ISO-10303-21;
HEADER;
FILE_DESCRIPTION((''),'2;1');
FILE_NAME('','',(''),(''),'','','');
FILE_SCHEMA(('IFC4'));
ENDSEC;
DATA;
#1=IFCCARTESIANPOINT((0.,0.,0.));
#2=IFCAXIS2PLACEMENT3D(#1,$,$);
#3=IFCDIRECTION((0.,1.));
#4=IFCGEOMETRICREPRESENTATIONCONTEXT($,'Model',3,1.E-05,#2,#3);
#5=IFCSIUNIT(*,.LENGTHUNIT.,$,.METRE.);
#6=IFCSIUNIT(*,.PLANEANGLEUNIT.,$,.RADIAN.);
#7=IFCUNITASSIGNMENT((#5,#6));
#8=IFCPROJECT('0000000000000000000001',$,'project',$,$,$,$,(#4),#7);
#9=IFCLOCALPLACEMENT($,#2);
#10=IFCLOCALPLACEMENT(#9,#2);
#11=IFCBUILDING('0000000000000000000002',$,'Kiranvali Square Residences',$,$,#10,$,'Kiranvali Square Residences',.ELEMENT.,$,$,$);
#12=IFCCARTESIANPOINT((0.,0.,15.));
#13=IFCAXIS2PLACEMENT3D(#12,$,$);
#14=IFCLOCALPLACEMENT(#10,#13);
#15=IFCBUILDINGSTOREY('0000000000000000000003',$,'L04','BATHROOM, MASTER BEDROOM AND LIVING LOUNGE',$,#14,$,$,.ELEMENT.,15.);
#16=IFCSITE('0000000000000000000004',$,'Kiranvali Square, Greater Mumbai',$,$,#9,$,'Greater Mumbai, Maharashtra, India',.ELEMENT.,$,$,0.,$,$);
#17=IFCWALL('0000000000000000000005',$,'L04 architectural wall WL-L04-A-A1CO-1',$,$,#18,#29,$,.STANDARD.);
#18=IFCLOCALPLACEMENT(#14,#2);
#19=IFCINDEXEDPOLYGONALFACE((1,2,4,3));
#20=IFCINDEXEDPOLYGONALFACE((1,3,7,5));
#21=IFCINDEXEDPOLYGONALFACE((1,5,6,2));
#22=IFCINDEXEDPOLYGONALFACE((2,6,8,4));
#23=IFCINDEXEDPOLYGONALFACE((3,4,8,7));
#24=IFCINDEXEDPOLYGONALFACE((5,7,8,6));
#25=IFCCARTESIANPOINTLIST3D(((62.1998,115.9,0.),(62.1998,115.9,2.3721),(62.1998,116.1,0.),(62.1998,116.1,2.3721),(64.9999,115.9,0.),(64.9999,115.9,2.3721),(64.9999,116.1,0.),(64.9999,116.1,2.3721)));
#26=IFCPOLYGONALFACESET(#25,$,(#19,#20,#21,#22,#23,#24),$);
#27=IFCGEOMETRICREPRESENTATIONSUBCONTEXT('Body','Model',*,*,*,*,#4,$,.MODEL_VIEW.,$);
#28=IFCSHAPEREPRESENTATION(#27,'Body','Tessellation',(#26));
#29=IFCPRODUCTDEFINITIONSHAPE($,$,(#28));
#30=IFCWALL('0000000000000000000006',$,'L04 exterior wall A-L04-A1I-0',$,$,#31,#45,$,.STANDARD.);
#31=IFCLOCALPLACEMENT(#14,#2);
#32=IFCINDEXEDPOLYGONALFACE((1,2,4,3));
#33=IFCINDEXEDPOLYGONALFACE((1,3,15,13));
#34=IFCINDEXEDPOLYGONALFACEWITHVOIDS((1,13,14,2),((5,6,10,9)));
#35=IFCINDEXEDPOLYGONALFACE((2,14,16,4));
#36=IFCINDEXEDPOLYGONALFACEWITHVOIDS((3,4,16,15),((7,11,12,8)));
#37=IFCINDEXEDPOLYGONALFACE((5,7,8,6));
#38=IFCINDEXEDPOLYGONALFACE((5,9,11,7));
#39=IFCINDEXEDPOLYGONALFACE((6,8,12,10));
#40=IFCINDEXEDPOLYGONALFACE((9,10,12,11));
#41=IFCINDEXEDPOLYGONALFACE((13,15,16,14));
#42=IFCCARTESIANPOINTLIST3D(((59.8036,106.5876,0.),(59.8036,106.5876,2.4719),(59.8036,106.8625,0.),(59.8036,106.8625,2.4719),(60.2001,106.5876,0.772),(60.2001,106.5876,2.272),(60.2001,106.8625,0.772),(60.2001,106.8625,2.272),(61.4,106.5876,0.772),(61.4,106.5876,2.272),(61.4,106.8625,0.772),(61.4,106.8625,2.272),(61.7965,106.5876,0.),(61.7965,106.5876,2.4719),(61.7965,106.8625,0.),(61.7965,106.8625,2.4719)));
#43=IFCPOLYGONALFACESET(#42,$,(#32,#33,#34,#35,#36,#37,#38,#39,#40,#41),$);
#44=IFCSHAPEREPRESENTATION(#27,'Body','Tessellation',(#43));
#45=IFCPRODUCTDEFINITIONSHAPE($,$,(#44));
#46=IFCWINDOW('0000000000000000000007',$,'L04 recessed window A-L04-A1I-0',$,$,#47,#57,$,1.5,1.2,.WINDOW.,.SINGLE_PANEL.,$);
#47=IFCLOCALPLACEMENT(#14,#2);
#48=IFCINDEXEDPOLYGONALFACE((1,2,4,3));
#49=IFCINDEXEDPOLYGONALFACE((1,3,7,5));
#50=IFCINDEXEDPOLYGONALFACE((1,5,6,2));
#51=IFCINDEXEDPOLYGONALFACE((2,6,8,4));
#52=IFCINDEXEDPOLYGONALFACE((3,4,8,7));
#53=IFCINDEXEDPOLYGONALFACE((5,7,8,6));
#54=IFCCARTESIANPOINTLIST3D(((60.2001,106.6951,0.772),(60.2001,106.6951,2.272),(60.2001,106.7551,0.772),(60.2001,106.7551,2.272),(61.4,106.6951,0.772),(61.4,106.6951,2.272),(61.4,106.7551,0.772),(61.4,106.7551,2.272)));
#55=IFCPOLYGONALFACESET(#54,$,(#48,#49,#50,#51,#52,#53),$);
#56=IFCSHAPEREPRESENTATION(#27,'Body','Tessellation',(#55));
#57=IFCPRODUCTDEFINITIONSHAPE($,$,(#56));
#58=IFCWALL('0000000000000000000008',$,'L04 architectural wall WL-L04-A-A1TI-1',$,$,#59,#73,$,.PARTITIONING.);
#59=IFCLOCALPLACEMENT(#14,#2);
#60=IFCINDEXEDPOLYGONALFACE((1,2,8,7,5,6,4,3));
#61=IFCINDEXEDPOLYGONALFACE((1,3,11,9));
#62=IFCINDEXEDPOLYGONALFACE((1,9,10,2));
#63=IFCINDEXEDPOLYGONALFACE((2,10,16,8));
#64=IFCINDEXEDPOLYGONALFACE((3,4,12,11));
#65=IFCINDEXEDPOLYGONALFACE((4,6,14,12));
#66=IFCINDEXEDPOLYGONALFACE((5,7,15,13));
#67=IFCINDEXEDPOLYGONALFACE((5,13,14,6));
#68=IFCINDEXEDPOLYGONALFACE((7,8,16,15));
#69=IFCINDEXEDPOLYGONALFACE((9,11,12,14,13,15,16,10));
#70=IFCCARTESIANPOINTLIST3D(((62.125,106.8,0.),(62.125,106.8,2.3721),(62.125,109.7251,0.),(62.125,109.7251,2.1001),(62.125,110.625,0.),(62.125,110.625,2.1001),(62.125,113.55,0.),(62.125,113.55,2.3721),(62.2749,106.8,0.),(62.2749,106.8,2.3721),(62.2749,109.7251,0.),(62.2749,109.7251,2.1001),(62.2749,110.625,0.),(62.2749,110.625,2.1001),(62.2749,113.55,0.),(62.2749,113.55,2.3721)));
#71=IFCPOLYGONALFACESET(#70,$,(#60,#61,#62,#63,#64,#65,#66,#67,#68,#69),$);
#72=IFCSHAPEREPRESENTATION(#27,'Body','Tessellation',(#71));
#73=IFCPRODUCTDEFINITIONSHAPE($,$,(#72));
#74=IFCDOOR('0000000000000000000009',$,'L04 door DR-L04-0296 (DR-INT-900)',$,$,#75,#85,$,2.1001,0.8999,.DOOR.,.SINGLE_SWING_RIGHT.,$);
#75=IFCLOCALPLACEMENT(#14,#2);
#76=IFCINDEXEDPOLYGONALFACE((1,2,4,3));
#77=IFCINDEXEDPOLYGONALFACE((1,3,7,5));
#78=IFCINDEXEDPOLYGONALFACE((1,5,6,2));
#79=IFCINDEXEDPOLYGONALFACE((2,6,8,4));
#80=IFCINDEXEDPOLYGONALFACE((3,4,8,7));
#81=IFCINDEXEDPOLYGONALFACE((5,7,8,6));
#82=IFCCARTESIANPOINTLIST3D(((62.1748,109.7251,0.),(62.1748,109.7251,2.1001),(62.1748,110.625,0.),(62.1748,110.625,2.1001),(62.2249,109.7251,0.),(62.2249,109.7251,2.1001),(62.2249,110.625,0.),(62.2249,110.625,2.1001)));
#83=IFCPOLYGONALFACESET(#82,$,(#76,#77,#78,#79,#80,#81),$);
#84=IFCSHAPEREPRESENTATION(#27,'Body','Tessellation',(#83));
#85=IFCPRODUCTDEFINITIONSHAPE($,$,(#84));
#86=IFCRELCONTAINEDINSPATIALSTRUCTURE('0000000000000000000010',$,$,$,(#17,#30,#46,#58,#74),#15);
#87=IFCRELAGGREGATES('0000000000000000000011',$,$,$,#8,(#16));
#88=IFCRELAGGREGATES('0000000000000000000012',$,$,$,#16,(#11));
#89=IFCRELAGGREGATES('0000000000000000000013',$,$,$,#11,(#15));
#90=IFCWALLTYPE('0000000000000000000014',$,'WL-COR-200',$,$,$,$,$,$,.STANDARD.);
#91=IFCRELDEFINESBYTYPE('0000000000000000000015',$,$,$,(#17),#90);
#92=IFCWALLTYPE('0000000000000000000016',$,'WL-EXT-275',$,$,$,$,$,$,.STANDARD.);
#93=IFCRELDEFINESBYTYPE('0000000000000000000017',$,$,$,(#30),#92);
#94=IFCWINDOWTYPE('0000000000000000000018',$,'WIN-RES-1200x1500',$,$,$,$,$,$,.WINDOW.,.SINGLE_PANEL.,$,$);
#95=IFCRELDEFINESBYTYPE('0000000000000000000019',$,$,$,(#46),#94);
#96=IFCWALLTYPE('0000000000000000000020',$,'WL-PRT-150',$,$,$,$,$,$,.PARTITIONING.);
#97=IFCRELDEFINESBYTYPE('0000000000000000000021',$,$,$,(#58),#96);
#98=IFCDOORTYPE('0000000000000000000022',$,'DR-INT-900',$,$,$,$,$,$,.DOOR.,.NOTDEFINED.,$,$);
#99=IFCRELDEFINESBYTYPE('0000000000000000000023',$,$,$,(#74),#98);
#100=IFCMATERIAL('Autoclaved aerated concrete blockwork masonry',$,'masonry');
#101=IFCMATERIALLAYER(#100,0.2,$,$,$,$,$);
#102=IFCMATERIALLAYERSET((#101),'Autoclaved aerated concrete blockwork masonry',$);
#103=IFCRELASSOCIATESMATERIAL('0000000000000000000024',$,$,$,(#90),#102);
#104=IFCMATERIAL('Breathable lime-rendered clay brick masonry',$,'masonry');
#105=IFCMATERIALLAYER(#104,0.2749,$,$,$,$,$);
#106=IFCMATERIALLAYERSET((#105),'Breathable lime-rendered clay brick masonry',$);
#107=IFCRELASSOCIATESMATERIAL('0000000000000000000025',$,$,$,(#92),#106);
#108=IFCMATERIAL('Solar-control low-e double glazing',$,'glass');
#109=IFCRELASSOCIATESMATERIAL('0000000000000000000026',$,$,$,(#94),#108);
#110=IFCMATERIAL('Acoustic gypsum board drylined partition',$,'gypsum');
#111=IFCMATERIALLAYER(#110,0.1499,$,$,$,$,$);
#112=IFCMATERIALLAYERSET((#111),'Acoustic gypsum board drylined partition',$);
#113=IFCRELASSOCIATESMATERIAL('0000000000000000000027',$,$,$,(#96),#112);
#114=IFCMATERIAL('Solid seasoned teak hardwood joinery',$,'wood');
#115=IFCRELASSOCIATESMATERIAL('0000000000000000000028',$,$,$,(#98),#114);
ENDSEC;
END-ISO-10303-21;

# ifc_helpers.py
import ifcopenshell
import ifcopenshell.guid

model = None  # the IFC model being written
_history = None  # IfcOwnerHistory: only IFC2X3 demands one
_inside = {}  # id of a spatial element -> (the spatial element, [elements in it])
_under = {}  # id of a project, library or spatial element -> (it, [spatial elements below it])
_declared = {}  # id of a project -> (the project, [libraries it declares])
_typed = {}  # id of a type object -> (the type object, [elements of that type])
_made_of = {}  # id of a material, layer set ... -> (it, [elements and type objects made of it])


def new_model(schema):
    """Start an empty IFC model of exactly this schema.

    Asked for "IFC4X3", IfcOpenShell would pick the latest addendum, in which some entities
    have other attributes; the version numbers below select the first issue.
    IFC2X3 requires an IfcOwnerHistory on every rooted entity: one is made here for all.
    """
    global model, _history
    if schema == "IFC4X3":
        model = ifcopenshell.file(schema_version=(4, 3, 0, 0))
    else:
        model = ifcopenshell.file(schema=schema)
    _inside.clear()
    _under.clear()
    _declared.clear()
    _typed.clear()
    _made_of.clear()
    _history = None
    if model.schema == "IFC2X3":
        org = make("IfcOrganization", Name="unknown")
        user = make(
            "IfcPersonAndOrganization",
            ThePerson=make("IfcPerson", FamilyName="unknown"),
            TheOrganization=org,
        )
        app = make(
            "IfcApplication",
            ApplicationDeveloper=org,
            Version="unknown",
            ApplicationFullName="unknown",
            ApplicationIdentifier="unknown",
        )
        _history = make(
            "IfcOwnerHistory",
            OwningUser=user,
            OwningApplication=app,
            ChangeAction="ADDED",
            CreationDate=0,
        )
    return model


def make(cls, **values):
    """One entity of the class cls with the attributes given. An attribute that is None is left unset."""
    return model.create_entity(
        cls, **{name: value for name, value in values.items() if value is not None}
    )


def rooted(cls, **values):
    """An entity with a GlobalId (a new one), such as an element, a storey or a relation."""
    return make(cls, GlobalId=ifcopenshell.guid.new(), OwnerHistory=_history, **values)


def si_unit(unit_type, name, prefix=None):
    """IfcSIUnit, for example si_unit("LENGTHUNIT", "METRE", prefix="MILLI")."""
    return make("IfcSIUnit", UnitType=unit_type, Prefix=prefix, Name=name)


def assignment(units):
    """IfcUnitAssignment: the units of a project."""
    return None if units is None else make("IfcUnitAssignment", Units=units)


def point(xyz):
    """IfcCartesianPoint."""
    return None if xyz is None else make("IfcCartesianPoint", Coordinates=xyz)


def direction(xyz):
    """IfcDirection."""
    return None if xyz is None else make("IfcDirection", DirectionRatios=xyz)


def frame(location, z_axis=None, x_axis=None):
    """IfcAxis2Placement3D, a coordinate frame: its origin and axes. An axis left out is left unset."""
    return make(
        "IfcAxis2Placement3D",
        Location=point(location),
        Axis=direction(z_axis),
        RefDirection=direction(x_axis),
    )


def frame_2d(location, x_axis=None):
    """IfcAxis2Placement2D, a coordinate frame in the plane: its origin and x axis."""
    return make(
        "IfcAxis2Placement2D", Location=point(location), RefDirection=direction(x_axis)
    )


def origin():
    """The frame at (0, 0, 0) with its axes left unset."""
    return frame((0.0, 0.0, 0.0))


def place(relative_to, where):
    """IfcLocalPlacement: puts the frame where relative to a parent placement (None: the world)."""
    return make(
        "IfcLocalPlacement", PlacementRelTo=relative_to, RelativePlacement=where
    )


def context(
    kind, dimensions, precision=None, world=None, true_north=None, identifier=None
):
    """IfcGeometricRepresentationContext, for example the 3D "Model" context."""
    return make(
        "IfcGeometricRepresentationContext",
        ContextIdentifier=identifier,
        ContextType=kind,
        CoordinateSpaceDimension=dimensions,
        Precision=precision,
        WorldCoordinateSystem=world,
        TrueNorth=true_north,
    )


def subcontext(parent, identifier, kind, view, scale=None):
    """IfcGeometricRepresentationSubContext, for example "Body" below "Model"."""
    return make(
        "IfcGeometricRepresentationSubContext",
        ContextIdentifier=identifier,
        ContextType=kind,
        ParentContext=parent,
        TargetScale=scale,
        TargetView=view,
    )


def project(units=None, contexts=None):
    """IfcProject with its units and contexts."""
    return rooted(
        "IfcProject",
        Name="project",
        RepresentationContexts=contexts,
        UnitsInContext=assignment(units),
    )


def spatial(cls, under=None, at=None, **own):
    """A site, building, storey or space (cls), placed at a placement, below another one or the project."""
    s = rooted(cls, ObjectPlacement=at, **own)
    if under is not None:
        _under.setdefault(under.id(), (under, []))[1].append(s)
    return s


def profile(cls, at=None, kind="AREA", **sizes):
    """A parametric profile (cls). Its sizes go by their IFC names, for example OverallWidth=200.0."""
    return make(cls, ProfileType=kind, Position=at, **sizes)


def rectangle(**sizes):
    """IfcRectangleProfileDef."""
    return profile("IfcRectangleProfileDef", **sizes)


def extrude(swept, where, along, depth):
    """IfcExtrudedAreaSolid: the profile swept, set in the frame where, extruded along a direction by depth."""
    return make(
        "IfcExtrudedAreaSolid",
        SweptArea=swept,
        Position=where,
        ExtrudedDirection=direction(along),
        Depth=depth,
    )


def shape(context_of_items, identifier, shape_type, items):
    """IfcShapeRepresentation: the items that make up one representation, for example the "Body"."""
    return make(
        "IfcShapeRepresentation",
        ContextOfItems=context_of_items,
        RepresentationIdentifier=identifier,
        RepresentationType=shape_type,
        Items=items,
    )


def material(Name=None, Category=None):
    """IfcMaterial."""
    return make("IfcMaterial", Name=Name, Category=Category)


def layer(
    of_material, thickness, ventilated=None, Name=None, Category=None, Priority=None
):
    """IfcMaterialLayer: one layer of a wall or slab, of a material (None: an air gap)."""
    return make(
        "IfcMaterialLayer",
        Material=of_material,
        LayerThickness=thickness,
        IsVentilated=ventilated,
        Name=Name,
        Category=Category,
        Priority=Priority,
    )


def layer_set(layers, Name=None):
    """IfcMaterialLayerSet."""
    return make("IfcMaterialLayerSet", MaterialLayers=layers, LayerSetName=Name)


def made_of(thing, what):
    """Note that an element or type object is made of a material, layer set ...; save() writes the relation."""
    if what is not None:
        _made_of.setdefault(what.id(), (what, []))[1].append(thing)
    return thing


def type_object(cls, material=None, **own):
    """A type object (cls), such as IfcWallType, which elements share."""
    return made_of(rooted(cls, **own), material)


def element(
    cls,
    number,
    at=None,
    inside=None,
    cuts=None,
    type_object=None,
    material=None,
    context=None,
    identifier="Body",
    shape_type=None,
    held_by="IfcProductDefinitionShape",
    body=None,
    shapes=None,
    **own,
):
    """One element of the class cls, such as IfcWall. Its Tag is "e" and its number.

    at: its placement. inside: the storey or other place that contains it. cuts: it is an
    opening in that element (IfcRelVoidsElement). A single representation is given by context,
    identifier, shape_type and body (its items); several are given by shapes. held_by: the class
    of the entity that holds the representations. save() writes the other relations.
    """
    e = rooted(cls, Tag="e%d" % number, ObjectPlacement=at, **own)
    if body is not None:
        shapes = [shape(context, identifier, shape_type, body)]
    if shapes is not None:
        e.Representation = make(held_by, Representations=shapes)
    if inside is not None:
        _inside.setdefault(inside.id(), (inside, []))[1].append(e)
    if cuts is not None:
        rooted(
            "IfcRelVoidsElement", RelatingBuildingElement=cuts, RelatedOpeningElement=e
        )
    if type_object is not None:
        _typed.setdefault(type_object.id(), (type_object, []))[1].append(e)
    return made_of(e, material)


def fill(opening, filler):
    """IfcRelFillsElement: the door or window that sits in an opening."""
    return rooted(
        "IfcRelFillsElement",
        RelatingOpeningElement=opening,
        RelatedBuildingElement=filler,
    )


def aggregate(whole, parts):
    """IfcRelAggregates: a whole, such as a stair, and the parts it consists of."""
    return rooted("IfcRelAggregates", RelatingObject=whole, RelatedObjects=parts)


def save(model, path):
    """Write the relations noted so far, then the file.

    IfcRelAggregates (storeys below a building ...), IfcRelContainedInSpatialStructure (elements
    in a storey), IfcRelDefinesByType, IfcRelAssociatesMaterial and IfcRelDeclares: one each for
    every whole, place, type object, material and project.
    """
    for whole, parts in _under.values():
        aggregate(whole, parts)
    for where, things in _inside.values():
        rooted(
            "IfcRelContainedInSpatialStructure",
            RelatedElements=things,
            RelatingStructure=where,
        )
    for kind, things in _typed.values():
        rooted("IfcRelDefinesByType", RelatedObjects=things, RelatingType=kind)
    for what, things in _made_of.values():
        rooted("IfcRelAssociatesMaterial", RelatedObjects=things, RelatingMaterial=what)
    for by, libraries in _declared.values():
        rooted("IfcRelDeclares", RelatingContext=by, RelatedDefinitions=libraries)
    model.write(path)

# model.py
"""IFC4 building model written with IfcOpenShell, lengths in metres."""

from ifc_helpers import new_model, si_unit, direction, frame, frame_2d, origin, place, context, subcontext, project, spatial, rectangle, extrude, material, layer, layer_set, type_object, element, fill, save


model = new_model("IFC4")

# Units and contexts
model_context = context("Model", 3, precision=1e-05, world=origin(), true_north=direction((0.0, 1.0)))
body_context = subcontext(model_context, "Body", "Model", "MODEL_VIEW")
ifc_project = project(units=[si_unit("LENGTHUNIT", "METRE"), si_unit("PLANEANGLEUNIT", "RADIAN")], contexts=[model_context])

# Site, building, storey
site_placement = place(None, origin())
site = spatial("IfcSite", under=ifc_project, at=site_placement, Name="Kiranvali Square, Greater Mumbai", LongName="Greater Mumbai, Maharashtra, India", CompositionType="ELEMENT", RefElevation=0.0)
building_placement = place(site_placement, origin())
building = spatial("IfcBuilding", under=site, at=building_placement, Name="Kiranvali Square Residences", LongName="Kiranvali Square Residences", CompositionType="ELEMENT")
storey_placement = place(building_placement, frame((0.0, 0.0, 15.0)))
storey = spatial("IfcBuildingStorey", under=building, at=storey_placement, Name="L04", Description="BATHROOM, MASTER BEDROOM AND LIVING LOUNGE", CompositionType="ELEMENT", Elevation=15.0)

# Shared definitions
ifc_material_1 = material(Name="Autoclaved aerated concrete blockwork masonry", Category="masonry")
ifc_layer_1 = layer(ifc_material_1, 0.2)
ifc_layer_set_1 = layer_set([ifc_layer_1], Name="Autoclaved aerated concrete blockwork masonry")
wall_type_1 = type_object("IfcWallType", Name="WL-COR-200", PredefinedType="STANDARD", material=ifc_layer_set_1)

# Wall
for number, where, z_axis, x_axis, name in (
    (1, (62.2, 116.0, 0.0), (0.0, 0.0, 1.0), (1.0, 0.0, 0.0), "L04 architectural wall WL-L04-A-A1CO-1"),
):
    element("IfcWall", number, at=place(storey_placement, frame(where, z_axis=z_axis, x_axis=x_axis)), inside=storey, type_object=wall_type_1, Name=name, PredefinedType="STANDARD", context=body_context, shape_type="SweptSolid", body=[
        extrude(rectangle(XDim=2.8, YDim=0.2, at=frame_2d((1.3999, 0.0))), origin(), (0.0, 0.0, 1.0), 2.3721),
    ])

# Wall, opening, window
ifc_material_2 = material(Name="Breathable lime-rendered clay brick masonry", Category="masonry")
ifc_layer_2 = layer(ifc_material_2, 0.2749)
ifc_layer_set_2 = layer_set([ifc_layer_2], Name="Breathable lime-rendered clay brick masonry")
wall_type_2 = type_object("IfcWallType", Name="WL-EXT-275", PredefinedType="STANDARD", material=ifc_layer_set_2)
wall_1_placement = place(storey_placement, frame((59.8035, 106.7251, 0.0), z_axis=(0.0, 0.0, 1.0), x_axis=(1.0, 0.0, 0.0)))
wall_1 = element("IfcWall", 2, at=wall_1_placement, inside=storey, type_object=wall_type_2, Name="L04 exterior wall A-L04-A1I-0", PredefinedType="STANDARD", context=body_context, shape_type="SweptSolid", body=[
    extrude(rectangle(XDim=1.9929, YDim=0.2749, at=frame_2d((0.9966, 0.0))), origin(), (0.0, 0.0, 1.0), 2.4719),
])
opening_1_placement = place(wall_1_placement, frame((0.3965, 0.0, 0.772)))
opening_1 = element("IfcOpeningElement", 3, at=opening_1_placement, cuts=wall_1, PredefinedType="OPENING", context=body_context, shape_type="SweptSolid", body=[
    extrude(rectangle(XDim=1.2, YDim=1.5, at=frame_2d((0.6001, 0.75))), frame((0.0, 0.1475, 0.0), z_axis=(0.0, -1.0, 0.0), x_axis=(1.0, 0.0, 0.0)), (0.0, 0.0, 1.0), 0.2949),
])
ifc_material_3 = material(Name="Solar-control low-e double glazing", Category="glass")
window_type = type_object("IfcWindowType", Name="WIN-RES-1200x1500", PartitioningType="SINGLE_PANEL", PredefinedType="WINDOW", material=ifc_material_3)
window_placement = place(opening_1_placement, origin())
window = element("IfcWindow", 4, at=window_placement, inside=storey, type_object=window_type, Name="L04 recessed window A-L04-A1I-0", OverallHeight=1.5, OverallWidth=1.2, PartitioningType="SINGLE_PANEL", PredefinedType="WINDOW", context=body_context, shape_type="SweptSolid", body=[
    extrude(rectangle(XDim=1.2, YDim=1.5, at=frame_2d((0.6001, 0.75))), frame((0.0, 0.03, 0.0), z_axis=(0.0, -1.0, 0.0), x_axis=(1.0, 0.0, 0.0)), (0.0, 0.0, 1.0), 0.0601),
])
fill(opening_1, window)

# Wall, opening, door
ifc_material_4 = material(Name="Acoustic gypsum board drylined partition", Category="gypsum")
ifc_layer_3 = layer(ifc_material_4, 0.1499)
ifc_layer_set_3 = layer_set([ifc_layer_3], Name="Acoustic gypsum board drylined partition")
wall_type_3 = type_object("IfcWallType", Name="WL-PRT-150", PredefinedType="PARTITIONING", material=ifc_layer_set_3)
wall_2_placement = place(storey_placement, frame((62.2, 106.8, 0.0), z_axis=(0.0, 0.0, 1.0), x_axis=(0.0, 1.0, 0.0)))
wall_2 = element("IfcWall", 5, at=wall_2_placement, inside=storey, type_object=wall_type_3, Name="L04 architectural wall WL-L04-A-A1TI-1", PredefinedType="PARTITIONING", context=body_context, shape_type="SweptSolid", body=[
    extrude(rectangle(XDim=6.75, YDim=0.1499, at=frame_2d((3.375, 0.0))), origin(), (0.0, 0.0, 1.0), 2.3721),
])
opening_2_placement = place(wall_2_placement, frame((2.925, 0.0, 0.0)))
opening_2 = element("IfcOpeningElement", 6, at=opening_2_placement, cuts=wall_2, PredefinedType="OPENING", context=body_context, shape_type="SweptSolid", body=[
    extrude(rectangle(XDim=0.8999, YDim=2.1001, at=frame_2d((0.45, 1.05))), frame((0.0, 0.085, 0.0), z_axis=(0.0, -1.0, 0.0), x_axis=(1.0, 0.0, 0.0)), (0.0, 0.0, 1.0), 0.1699),
])
ifc_material_5 = material(Name="Solid seasoned teak hardwood joinery", Category="wood")
door_type_1 = type_object("IfcDoorType", Name="DR-INT-900", OperationType="NOTDEFINED", PredefinedType="DOOR", material=ifc_material_5)
door_1_placement = place(opening_2_placement, frame((0.8999, 0.0, 0.0), z_axis=(0.0, 0.0, 1.0), x_axis=(-1.0, 0.0, 0.0)))
door_1 = element("IfcDoor", 7, at=door_1_placement, inside=storey, type_object=door_type_1, Name="L04 door DR-L04-0296 (DR-INT-900)", OperationType="SINGLE_SWING_RIGHT", OverallHeight=2.1001, OverallWidth=0.8999, PredefinedType="DOOR", context=body_context, shape_type="SweptSolid", body=[
    extrude(rectangle(XDim=0.8999, YDim=2.1001, at=frame_2d((0.45, 1.05))), frame((0.0, 0.0249, 0.0), z_axis=(0.0, -1.0, 0.0), x_axis=(1.0, 0.0, 0.0)), (0.0, 0.0, 1.0), 0.05),
])
fill(opening_2, door_1)

save(model, "model.ifc")
